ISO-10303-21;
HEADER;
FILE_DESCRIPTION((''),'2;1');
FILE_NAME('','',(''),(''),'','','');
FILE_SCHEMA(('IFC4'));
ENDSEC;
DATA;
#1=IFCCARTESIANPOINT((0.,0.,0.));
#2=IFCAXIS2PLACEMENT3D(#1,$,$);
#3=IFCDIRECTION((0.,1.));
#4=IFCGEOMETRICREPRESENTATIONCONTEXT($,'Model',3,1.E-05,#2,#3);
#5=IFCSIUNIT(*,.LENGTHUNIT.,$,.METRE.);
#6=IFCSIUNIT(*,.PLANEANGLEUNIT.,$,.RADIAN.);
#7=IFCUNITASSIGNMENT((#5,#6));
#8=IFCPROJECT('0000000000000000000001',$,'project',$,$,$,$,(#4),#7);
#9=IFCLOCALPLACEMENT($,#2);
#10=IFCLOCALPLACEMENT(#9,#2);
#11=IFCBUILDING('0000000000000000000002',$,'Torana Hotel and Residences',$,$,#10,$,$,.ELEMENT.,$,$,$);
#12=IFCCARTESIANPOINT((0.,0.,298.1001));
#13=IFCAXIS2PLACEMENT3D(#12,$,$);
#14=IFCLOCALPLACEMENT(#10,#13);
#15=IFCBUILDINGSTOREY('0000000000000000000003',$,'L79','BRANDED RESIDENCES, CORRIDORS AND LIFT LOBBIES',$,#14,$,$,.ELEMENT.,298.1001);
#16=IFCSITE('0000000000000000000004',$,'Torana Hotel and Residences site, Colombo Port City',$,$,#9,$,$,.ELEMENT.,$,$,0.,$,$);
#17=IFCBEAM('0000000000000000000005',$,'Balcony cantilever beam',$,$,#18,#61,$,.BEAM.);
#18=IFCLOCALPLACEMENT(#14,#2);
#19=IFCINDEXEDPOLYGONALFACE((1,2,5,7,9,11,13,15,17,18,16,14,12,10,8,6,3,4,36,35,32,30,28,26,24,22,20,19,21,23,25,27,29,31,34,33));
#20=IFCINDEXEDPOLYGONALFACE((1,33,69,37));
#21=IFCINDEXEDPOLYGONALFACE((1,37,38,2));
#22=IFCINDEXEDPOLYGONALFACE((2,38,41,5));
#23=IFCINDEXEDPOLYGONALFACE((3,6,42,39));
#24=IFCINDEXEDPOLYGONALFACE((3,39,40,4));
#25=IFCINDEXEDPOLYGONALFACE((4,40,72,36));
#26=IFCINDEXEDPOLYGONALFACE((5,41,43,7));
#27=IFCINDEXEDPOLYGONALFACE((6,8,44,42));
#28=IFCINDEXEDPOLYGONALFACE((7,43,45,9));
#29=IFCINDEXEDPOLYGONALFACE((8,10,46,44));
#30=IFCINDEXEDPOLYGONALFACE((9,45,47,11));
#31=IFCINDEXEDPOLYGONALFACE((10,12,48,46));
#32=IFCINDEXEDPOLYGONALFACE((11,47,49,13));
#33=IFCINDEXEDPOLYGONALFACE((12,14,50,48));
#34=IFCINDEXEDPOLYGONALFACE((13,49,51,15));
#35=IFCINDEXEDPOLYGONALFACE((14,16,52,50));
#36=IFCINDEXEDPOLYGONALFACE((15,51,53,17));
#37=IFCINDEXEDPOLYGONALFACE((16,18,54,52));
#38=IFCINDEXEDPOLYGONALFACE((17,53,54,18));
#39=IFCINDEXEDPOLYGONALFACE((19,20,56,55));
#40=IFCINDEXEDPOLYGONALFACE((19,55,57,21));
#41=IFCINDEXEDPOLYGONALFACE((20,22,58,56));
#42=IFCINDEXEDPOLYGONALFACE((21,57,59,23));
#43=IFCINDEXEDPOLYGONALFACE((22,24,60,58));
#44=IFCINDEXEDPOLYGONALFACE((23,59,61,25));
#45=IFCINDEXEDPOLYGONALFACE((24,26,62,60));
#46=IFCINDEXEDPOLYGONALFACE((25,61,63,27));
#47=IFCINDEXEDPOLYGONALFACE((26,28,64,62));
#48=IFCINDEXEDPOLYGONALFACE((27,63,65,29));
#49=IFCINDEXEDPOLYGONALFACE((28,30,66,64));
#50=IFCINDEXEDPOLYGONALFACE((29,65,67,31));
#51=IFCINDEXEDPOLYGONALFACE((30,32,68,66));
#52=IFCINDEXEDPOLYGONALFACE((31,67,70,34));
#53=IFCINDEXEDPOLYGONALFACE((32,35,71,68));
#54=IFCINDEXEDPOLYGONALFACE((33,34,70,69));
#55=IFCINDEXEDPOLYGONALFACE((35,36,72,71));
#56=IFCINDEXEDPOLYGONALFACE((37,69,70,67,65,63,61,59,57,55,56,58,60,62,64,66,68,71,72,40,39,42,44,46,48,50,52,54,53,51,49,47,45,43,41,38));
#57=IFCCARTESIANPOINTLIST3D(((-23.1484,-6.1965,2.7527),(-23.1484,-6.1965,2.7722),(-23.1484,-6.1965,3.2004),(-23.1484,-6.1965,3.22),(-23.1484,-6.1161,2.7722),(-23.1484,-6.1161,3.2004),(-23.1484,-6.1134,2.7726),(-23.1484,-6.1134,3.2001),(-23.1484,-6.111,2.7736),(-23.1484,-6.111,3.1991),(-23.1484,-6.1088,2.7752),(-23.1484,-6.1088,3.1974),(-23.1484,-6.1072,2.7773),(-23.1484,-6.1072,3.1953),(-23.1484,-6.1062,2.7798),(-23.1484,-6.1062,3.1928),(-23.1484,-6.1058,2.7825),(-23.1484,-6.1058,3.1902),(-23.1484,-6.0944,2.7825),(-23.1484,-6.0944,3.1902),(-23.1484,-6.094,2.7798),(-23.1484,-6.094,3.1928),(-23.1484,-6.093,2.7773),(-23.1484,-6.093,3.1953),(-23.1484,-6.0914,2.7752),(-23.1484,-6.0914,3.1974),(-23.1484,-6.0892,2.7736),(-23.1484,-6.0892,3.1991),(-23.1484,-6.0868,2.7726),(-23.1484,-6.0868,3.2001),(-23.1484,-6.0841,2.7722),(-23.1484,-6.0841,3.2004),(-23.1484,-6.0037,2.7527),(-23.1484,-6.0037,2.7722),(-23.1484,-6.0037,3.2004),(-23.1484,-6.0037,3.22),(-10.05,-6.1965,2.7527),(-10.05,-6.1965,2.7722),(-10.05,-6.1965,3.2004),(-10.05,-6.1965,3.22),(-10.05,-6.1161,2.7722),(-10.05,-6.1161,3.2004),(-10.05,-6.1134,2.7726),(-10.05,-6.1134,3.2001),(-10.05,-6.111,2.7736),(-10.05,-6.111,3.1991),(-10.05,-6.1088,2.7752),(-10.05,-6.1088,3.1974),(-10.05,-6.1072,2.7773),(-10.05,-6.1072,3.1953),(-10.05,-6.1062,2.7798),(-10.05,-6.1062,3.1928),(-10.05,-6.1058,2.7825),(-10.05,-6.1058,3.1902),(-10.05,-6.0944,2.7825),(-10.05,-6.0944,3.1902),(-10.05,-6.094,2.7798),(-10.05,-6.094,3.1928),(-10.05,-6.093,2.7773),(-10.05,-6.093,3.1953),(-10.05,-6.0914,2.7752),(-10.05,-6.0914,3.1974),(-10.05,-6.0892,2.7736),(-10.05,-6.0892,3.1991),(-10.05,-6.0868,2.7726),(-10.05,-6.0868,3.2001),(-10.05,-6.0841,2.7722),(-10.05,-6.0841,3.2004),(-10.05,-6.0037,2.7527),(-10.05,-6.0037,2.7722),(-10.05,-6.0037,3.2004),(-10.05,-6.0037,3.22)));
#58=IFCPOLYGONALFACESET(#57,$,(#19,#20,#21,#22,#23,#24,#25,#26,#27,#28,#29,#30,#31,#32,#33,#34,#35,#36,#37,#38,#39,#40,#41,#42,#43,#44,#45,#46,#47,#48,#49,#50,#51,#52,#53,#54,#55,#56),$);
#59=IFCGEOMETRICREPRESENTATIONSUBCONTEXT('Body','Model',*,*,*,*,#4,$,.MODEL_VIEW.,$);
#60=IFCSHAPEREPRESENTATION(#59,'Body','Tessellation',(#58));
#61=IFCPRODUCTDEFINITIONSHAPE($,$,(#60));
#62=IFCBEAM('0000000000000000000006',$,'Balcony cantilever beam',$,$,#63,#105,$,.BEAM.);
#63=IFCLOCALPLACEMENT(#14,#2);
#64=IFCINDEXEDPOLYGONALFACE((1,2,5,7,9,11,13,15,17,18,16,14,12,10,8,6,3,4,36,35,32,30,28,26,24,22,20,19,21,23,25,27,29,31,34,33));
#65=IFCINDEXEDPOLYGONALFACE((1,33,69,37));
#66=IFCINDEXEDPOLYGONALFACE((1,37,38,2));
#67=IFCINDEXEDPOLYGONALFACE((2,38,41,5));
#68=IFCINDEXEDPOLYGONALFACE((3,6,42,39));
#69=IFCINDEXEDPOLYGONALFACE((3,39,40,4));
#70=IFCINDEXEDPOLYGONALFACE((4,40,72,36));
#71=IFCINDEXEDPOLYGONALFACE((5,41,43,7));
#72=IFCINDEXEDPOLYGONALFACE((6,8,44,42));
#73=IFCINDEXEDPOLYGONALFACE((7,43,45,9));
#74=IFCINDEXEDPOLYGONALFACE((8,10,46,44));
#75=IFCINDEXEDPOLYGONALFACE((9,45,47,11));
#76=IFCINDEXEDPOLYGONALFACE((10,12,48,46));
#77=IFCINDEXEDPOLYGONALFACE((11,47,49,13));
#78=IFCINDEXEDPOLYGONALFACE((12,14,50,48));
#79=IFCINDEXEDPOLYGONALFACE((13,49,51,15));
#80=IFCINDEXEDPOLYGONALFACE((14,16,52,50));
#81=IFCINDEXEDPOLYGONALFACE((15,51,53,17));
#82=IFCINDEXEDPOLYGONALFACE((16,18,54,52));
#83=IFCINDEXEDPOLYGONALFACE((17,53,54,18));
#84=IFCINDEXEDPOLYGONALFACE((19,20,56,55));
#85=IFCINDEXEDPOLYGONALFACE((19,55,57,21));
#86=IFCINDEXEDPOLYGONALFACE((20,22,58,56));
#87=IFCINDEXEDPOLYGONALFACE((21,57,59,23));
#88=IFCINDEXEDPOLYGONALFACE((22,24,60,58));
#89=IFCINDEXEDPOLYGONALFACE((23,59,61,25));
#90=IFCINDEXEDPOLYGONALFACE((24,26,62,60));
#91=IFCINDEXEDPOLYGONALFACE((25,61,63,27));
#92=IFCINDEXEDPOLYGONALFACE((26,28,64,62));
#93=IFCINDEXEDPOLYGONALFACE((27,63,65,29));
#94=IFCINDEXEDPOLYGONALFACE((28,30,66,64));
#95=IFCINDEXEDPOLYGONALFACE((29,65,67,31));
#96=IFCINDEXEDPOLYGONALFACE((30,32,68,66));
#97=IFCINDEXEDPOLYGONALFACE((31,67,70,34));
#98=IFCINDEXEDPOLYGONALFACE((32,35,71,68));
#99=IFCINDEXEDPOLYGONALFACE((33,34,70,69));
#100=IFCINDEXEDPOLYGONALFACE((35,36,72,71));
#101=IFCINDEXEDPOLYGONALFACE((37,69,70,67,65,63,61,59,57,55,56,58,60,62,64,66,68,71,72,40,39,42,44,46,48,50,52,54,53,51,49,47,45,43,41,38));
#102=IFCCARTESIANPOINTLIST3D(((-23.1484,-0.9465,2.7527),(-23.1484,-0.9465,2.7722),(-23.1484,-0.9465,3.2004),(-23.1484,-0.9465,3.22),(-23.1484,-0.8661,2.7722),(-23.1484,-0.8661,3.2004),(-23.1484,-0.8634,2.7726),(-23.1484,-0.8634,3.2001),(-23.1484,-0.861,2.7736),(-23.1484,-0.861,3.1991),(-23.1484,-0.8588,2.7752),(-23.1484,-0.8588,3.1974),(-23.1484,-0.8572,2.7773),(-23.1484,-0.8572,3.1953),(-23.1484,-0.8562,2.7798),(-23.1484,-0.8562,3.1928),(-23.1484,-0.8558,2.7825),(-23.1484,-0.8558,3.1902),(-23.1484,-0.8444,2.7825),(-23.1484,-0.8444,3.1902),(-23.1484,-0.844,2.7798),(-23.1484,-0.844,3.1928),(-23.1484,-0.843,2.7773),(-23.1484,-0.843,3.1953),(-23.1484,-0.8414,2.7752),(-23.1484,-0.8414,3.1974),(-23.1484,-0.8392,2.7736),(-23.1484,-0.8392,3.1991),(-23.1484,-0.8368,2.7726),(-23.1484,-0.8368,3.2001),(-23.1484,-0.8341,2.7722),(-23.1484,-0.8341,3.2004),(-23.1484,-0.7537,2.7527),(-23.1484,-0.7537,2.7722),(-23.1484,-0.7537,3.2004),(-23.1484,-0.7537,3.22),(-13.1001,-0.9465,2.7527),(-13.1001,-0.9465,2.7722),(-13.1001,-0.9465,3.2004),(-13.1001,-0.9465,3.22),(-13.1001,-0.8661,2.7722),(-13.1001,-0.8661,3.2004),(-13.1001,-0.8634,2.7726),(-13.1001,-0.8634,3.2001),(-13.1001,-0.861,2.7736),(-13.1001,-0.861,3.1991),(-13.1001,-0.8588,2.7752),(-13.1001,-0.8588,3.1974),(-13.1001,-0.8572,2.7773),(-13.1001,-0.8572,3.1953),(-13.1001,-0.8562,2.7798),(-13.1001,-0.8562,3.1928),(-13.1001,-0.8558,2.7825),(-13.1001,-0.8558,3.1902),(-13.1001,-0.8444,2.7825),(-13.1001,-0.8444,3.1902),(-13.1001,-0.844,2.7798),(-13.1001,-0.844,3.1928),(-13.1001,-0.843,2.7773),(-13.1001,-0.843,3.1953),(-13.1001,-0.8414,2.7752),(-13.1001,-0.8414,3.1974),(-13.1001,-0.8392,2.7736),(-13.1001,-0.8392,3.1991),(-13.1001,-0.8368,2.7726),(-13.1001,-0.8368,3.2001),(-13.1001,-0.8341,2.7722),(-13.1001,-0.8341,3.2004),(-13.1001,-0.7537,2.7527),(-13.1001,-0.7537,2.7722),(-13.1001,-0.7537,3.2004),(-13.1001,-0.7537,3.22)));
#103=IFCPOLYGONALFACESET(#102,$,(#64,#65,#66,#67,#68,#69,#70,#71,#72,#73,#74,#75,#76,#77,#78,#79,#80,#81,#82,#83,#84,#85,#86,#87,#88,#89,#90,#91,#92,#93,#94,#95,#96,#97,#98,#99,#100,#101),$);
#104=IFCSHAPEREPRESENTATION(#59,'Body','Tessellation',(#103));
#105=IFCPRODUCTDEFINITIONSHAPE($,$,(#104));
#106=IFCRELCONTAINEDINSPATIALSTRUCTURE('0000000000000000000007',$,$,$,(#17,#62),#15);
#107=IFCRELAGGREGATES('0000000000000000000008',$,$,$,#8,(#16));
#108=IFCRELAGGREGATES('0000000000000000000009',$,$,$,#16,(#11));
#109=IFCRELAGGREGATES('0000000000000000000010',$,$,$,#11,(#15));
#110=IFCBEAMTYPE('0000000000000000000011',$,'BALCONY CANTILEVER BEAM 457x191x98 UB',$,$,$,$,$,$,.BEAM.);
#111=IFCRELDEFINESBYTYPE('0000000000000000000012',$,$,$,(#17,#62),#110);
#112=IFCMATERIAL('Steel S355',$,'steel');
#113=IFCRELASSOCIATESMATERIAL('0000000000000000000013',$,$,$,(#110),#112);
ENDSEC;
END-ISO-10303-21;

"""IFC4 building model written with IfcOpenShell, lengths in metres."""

from ifc_helpers import new_model, si_unit, direction, frame, origin, origin_2d, place, context, subcontext, project, spatial, i_section, extrude, material, material_profile, profile_set, type_object, element, save


model = new_model("IFC4")

# Units and contexts
model_context = context("Model", 3, precision=1e-05, world=origin(), true_north=direction((0.0, 1.0)))
body_context = subcontext(model_context, "Body", "Model", "MODEL_VIEW")
ifc_project = project(units=[si_unit("LENGTHUNIT", "METRE"), si_unit("PLANEANGLEUNIT", "RADIAN")], contexts=[model_context])

# Site, building, storey
site_placement = place(None, origin())
site = spatial("IfcSite", under=ifc_project, at=site_placement, Name="Torana Hotel and Residences site, Colombo Port City", CompositionType="ELEMENT", RefElevation=0.0)
building_placement = place(site_placement, origin())
building = spatial("IfcBuilding", under=site, at=building_placement, Name="Torana Hotel and Residences", CompositionType="ELEMENT")
storey_placement = place(building_placement, frame((0.0, 0.0, 298.1001)))
storey = spatial("IfcBuildingStorey", under=building, at=storey_placement, Name="L79", Description="BRANDED RESIDENCES, CORRIDORS AND LIFT LOBBIES", CompositionType="ELEMENT", Elevation=298.1001)

# Beams
ifc_material_1 = material(Name="Steel S355", Category="steel")
ifc_material_profile = material_profile(ifc_material_1, i_section(OverallWidth=0.1929, OverallDepth=0.4673, WebThickness=0.0115, FlangeThickness=0.0195, FilletRadius=0.0103, at=origin_2d()), Name="457x191x98 UB")
ifc_profile_set = profile_set([ifc_material_profile], Name="Steel S355")
beam_type = type_object("IfcBeamType", Name="BALCONY CANTILEVER BEAM 457x191x98 UB", PredefinedType="BEAM", material=ifc_profile_set)
beam_1_placement = place(storey_placement, frame((-23.1484, -6.1001, 2.9863), z_axis=(1.0, 0.0, 0.0), x_axis=(0.0, 1.0, 0.0)))
element("IfcBeam", 1, at=beam_1_placement, inside=storey, type_object=beam_type, Name="Balcony cantilever beam", PredefinedType="BEAM", context=body_context, shape_type="SweptSolid", body=[
    extrude(i_section(OverallWidth=0.1929, OverallDepth=0.4673, WebThickness=0.0115, FlangeThickness=0.0195, FilletRadius=0.0103, at=origin_2d()), origin(), (0.0, 0.0, 1.0), 13.0984),
])
beam_2_placement = place(storey_placement, frame((-23.1484, -0.8501, 2.9863), z_axis=(1.0, 0.0, 0.0), x_axis=(0.0, 1.0, 0.0)))
element("IfcBeam", 2, at=beam_2_placement, inside=storey, type_object=beam_type, Name="Balcony cantilever beam", PredefinedType="BEAM", context=body_context, shape_type="SweptSolid", body=[
    extrude(i_section(OverallWidth=0.1929, OverallDepth=0.4673, WebThickness=0.0115, FlangeThickness=0.0195, FilletRadius=0.0103, at=origin_2d()), origin(), (0.0, 0.0, 1.0), 10.0483),
])

save(model, "model.ifc")
